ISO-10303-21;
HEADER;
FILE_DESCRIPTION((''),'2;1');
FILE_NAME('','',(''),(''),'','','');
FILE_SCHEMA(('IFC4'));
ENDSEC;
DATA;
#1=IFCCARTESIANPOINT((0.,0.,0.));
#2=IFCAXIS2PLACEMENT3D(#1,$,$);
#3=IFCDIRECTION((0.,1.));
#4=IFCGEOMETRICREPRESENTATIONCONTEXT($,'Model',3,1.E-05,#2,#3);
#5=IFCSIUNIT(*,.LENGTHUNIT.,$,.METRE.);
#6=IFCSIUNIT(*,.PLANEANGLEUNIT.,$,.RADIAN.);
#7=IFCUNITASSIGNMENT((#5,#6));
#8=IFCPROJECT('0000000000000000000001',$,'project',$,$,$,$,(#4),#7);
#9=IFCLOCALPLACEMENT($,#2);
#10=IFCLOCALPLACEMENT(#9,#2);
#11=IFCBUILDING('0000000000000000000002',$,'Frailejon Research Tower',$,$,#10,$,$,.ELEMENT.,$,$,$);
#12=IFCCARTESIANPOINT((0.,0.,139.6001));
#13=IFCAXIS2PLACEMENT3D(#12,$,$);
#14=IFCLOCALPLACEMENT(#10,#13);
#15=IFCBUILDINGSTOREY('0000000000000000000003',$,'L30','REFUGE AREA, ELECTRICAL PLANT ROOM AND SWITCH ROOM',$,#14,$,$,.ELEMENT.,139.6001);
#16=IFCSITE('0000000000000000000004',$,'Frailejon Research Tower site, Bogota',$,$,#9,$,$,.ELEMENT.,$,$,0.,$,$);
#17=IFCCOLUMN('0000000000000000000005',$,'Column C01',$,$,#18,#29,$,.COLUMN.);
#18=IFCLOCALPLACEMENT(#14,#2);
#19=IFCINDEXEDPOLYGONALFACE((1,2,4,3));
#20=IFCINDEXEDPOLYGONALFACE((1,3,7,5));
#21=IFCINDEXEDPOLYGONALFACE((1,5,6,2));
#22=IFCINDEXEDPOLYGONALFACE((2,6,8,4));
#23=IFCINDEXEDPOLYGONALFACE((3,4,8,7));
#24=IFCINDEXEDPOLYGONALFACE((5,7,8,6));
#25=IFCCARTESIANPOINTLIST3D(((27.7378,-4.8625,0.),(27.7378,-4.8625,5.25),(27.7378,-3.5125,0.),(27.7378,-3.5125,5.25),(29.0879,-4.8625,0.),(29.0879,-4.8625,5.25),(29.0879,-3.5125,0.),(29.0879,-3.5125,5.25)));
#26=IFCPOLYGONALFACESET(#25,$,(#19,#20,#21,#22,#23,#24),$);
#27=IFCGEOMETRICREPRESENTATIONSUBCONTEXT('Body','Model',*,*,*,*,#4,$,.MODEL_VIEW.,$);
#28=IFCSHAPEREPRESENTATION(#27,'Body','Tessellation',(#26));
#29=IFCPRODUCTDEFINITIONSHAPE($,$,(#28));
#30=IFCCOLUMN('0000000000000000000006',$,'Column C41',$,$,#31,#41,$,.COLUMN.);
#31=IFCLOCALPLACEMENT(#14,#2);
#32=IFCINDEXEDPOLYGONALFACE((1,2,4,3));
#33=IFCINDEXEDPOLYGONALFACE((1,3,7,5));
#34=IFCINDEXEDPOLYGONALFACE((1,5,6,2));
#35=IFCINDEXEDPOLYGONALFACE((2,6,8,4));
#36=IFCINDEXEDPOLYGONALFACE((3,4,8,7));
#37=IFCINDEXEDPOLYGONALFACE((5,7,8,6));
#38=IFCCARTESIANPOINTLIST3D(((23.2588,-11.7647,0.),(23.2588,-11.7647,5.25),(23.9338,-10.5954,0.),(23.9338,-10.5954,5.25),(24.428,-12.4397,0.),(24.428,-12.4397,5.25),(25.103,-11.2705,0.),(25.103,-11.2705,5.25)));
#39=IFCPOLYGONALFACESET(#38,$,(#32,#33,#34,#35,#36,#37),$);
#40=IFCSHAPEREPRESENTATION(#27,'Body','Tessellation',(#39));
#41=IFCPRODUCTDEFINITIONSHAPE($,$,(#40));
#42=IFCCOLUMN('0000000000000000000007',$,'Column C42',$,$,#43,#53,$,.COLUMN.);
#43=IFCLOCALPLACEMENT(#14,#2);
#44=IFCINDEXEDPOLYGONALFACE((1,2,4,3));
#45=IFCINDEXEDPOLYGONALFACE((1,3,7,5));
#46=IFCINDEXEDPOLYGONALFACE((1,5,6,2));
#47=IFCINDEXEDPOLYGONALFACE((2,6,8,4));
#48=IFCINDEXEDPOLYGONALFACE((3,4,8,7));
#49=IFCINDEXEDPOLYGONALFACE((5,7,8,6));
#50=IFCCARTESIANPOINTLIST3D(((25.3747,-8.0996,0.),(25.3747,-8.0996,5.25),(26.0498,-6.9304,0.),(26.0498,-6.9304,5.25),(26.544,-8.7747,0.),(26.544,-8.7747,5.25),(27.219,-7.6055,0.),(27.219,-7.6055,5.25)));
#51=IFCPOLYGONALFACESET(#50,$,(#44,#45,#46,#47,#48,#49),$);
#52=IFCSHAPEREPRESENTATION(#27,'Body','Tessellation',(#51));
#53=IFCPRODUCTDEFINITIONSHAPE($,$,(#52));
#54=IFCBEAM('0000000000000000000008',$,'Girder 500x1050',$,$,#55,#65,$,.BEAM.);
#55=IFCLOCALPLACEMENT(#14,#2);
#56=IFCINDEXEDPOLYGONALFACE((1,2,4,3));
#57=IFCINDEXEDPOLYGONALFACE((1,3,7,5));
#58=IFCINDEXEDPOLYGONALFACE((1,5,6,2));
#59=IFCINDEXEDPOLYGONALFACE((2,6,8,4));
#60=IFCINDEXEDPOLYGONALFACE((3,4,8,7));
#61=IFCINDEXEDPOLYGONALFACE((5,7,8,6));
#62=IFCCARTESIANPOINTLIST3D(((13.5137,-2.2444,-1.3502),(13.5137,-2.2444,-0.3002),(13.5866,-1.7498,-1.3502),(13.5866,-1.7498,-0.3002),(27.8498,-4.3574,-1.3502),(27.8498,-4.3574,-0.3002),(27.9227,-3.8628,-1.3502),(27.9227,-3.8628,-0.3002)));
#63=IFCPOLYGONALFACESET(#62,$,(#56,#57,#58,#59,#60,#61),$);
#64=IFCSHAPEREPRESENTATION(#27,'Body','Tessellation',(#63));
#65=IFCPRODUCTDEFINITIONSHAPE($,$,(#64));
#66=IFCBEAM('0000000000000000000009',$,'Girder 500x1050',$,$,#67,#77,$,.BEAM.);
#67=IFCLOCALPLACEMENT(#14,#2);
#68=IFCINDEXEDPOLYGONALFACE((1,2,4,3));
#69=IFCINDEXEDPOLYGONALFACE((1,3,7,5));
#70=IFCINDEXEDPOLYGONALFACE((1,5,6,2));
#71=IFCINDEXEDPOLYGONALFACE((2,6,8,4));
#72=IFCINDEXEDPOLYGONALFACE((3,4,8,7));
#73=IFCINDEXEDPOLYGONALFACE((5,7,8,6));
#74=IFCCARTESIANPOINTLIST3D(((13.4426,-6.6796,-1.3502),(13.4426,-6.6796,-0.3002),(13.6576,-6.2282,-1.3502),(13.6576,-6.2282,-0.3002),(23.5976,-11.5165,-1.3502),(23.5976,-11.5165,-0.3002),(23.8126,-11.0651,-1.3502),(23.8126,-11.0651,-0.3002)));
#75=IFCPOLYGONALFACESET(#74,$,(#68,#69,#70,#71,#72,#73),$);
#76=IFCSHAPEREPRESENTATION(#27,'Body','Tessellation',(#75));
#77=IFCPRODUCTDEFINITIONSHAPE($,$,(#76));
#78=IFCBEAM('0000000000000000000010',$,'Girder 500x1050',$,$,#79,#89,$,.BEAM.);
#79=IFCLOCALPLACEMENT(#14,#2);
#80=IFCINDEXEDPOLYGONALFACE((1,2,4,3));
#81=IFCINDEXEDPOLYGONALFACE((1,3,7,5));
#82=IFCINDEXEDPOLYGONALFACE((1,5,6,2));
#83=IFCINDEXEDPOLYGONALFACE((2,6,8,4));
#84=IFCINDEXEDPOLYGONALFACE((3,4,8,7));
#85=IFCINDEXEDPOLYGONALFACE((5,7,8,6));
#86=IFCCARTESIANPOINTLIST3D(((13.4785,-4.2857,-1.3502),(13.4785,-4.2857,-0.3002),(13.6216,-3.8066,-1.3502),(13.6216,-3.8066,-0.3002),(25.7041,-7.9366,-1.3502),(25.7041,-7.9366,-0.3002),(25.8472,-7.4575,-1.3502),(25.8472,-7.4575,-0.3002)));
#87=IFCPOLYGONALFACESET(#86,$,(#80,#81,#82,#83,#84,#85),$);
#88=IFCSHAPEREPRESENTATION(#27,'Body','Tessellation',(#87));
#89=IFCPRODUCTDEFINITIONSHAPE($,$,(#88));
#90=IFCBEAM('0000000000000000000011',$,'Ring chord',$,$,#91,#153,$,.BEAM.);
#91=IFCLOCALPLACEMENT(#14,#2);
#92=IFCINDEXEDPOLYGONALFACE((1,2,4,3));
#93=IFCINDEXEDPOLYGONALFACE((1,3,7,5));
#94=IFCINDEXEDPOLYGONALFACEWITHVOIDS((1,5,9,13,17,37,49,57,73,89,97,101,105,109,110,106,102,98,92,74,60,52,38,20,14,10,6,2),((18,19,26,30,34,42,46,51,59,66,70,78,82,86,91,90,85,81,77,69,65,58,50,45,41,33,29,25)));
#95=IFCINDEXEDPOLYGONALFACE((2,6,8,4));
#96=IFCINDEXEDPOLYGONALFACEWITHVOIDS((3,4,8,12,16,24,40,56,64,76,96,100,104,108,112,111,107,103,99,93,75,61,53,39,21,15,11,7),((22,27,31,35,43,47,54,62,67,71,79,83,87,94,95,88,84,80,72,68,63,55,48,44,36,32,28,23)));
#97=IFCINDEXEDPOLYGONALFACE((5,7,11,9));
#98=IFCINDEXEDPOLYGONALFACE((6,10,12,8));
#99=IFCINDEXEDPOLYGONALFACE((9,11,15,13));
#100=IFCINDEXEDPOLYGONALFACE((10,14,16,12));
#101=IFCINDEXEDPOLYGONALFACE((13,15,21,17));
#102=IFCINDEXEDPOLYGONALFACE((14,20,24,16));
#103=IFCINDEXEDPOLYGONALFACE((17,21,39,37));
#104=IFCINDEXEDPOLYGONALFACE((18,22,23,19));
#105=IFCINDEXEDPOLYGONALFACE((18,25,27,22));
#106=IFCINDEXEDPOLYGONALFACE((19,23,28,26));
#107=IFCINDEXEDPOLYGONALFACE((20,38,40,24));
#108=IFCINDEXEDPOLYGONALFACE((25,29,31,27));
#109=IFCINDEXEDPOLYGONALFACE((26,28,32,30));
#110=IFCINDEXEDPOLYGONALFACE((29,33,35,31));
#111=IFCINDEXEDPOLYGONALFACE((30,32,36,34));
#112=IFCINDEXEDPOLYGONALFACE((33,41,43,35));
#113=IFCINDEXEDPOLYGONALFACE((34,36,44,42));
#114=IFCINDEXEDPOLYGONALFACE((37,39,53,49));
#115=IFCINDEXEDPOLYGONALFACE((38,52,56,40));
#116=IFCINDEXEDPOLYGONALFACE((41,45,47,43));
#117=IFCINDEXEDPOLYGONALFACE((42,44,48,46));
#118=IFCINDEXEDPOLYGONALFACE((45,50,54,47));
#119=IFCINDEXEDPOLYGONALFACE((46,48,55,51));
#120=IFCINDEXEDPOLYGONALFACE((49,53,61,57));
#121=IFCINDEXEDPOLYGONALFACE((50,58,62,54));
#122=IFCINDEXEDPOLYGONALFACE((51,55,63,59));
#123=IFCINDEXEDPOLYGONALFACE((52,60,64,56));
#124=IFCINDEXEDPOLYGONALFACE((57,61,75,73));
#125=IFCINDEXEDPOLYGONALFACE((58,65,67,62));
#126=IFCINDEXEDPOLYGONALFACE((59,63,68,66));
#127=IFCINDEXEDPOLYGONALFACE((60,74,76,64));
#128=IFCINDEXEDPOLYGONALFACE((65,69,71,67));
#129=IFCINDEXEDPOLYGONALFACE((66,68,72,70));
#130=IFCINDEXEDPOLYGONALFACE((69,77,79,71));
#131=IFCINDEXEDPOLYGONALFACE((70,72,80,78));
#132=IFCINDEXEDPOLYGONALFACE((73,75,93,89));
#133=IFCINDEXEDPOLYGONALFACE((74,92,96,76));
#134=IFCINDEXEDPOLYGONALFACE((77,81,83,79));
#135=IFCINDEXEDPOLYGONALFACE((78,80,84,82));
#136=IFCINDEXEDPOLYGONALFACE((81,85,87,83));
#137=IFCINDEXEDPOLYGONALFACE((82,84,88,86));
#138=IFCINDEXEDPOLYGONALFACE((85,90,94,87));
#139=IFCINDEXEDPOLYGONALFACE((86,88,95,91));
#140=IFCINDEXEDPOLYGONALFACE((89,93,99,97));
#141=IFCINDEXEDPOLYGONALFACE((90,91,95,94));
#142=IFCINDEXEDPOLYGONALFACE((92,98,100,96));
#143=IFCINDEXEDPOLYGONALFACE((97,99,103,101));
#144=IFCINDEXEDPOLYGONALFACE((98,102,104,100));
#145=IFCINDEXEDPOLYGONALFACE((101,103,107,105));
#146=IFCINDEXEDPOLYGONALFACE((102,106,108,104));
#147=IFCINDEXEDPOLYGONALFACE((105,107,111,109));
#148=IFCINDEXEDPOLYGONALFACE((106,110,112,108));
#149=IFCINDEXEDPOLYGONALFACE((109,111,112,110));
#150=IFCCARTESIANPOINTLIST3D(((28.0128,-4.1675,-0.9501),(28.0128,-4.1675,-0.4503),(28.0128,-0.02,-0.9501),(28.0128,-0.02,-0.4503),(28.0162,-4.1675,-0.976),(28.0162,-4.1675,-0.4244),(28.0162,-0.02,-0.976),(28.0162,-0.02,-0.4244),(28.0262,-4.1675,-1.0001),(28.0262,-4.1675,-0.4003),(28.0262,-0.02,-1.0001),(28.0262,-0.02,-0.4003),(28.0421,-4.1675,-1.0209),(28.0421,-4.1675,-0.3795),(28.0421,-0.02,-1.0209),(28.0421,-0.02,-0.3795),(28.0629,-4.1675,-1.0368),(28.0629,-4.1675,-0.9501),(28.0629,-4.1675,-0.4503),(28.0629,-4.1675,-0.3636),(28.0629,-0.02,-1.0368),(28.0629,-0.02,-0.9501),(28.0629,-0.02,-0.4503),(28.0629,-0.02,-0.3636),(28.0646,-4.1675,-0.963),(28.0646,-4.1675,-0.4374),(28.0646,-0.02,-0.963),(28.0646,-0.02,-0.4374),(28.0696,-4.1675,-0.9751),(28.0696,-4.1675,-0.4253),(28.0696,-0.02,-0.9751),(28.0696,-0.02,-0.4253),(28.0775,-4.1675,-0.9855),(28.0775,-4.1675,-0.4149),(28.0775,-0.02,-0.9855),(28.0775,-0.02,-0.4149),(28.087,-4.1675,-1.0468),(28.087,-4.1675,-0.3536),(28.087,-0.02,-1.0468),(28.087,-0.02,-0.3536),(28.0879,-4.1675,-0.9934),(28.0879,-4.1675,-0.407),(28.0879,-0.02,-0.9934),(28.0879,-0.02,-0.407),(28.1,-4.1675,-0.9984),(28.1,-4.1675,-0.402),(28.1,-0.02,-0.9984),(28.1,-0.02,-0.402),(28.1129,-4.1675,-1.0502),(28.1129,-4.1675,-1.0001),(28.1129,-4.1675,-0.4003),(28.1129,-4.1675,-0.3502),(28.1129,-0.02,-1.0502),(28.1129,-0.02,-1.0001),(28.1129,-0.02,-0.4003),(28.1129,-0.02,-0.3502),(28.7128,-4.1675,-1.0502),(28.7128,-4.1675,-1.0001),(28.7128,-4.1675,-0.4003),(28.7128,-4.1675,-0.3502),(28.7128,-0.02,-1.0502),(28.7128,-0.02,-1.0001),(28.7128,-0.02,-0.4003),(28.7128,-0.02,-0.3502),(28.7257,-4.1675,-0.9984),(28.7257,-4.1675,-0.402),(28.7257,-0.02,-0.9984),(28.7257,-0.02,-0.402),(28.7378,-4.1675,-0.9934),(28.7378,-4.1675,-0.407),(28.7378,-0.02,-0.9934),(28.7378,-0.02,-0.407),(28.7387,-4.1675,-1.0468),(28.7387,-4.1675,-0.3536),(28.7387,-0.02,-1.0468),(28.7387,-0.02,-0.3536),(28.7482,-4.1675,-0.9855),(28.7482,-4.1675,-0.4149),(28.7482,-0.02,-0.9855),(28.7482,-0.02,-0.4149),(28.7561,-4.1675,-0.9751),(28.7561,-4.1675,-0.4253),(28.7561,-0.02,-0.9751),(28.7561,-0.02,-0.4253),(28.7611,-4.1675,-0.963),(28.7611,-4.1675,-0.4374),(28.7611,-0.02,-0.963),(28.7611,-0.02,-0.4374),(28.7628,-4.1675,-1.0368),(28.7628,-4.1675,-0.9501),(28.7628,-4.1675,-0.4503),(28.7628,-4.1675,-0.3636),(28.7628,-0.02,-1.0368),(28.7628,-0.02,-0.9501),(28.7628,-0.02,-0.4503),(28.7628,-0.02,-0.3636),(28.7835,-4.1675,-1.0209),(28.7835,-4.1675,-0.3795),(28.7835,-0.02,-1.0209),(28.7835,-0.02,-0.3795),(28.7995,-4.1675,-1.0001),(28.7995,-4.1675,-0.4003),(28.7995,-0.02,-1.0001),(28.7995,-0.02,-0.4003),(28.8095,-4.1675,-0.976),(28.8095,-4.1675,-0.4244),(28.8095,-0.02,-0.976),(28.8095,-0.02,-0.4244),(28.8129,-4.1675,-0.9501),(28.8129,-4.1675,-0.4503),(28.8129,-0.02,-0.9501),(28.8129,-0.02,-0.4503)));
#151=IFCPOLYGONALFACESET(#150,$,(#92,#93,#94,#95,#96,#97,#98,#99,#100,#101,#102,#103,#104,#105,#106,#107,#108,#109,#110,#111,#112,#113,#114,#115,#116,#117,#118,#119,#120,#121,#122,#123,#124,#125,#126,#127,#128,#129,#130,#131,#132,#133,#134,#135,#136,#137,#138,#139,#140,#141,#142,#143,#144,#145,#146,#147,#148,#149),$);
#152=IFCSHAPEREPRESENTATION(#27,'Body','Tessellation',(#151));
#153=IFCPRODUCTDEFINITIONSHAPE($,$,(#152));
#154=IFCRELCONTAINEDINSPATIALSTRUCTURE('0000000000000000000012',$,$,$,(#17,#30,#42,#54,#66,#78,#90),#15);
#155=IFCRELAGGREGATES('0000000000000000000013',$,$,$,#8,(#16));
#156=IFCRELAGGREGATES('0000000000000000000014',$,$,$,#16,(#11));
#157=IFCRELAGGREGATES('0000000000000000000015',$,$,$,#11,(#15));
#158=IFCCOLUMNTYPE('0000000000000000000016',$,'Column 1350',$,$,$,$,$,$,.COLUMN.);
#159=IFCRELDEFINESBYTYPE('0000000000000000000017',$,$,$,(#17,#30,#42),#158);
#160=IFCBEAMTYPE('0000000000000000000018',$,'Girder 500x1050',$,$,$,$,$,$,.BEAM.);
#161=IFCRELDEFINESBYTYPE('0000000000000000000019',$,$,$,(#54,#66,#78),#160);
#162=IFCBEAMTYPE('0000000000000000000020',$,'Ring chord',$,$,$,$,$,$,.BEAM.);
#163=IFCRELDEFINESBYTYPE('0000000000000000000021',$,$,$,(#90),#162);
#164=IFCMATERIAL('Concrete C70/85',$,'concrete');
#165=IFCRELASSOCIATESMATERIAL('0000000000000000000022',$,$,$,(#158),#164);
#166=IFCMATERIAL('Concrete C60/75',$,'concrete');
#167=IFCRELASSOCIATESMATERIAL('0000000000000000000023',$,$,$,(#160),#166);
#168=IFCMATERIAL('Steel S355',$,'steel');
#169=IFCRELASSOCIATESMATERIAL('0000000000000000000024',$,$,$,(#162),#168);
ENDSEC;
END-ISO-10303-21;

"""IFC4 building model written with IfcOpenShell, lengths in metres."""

from ifc_helpers import new_model, si_unit, direction, frame, origin, origin_2d, place, context, subcontext, project, spatial, rectangle, hollow_rectangle, extrude, material, material_profile, profile_set, type_object, element, save


model = new_model("IFC4")

# Units and contexts
model_context = context("Model", 3, precision=1e-05, world=origin(), true_north=direction((0.0, 1.0)))
body_context = subcontext(model_context, "Body", "Model", "MODEL_VIEW")
ifc_project = project(units=[si_unit("LENGTHUNIT", "METRE"), si_unit("PLANEANGLEUNIT", "RADIAN")], contexts=[model_context])

# Site, building, storey
site_placement = place(None, origin())
site = spatial("IfcSite", under=ifc_project, at=site_placement, Name="Frailejon Research Tower site, Bogota", CompositionType="ELEMENT", RefElevation=0.0)
building_placement = place(site_placement, origin())
building = spatial("IfcBuilding", under=site, at=building_placement, Name="Frailejon Research Tower", CompositionType="ELEMENT")
storey_placement = place(building_placement, frame((0.0, 0.0, 139.6001)))
storey = spatial("IfcBuildingStorey", under=building, at=storey_placement, Name="L30", Description="REFUGE AREA, ELECTRICAL PLANT ROOM AND SWITCH ROOM", CompositionType="ELEMENT", Elevation=139.6001)

# Columns
ifc_material_1 = material(Name="Concrete C70/85", Category="concrete")
ifc_material_profile_1 = material_profile(ifc_material_1, rectangle(XDim=1.3501, YDim=1.3501, at=origin_2d()), Name="Column 1350")
ifc_profile_set_1 = profile_set([ifc_material_profile_1], Name="Concrete C70/85")
column_type = type_object("IfcColumnType", Name="Column 1350", PredefinedType="COLUMN", material=ifc_profile_set_1)
for number, where, z_axis, x_axis, name in (
    (1, (28.4128, -4.1875, 0.0), (0.0, 0.0, 1.0), (0.0, 1.0, 0.0), "Column C01"),
    (2, (24.1809, -11.5176, 0.0), (0.0, 0.0, 1.0), (0.5, 0.866025, 0.0), "Column C41"),
    (3, (26.2969, -7.8525, 0.0), (0.0, 0.0, 1.0), (0.5, 0.866025, 0.0), "Column C42"),
):
    element("IfcColumn", number, at=place(storey_placement, frame(where, z_axis=z_axis, x_axis=x_axis)), inside=storey, type_object=column_type, Name=name, PredefinedType="COLUMN", context=body_context, shape_type="SweptSolid", body=[
        extrude(rectangle(XDim=1.3501, YDim=1.3501, at=origin_2d()), origin(), (0.0, 0.0, 1.0), 5.25),
    ])

# Beams
ifc_material_2 = material(Name="Concrete C60/75", Category="concrete")
ifc_material_profile_2 = material_profile(ifc_material_2, rectangle(XDim=0.5, YDim=1.05, at=origin_2d()), Name="Girder 500x1050")
ifc_profile_set_2 = profile_set([ifc_material_profile_2], Name="Concrete C60/75")
beam_type_1 = type_object("IfcBeamType", Name="Girder 500x1050", PredefinedType="BEAM", material=ifc_profile_set_2)
beam_1_placement = place(storey_placement, frame((27.8862, -4.1101, -0.8252), z_axis=(-0.989312, 0.145817, 0.0), x_axis=(-0.145817, -0.989312, 0.0)))
element("IfcBeam", 4, at=beam_1_placement, inside=storey, type_object=beam_type_1, Name="Girder 500x1050", PredefinedType="BEAM", context=body_context, shape_type="SweptSolid", body=[
    extrude(rectangle(XDim=0.5, YDim=1.05, at=origin_2d()), origin(), (0.0, 0.0, 1.0), 14.491),
])
beam_2_placement = place(storey_placement, frame((23.7051, -11.2908, -0.8252), z_axis=(-0.90282, 0.43002, 0.0), x_axis=(-0.43002, -0.90282, 0.0)))
element("IfcBeam", 5, at=beam_2_placement, inside=storey, type_object=beam_type_1, Name="Girder 500x1050", PredefinedType="BEAM", context=body_context, shape_type="SweptSolid", body=[
    extrude(rectangle(XDim=0.5, YDim=1.05, at=origin_2d()), origin(), (0.0, 0.0, 1.0), 11.248),
])
beam_3_placement = place(storey_placement, frame((25.7756, -7.697, -0.8252), z_axis=(-0.958188, 0.28614, 0.0), x_axis=(-0.28614, -0.958188, 0.0)))
element("IfcBeam", 6, at=beam_3_placement, inside=storey, type_object=beam_type_1, Name="Girder 500x1050", PredefinedType="BEAM", context=body_context, shape_type="SweptSolid", body=[
    extrude(rectangle(XDim=0.5, YDim=1.05, at=origin_2d()), origin(), (0.0, 0.0, 1.0), 12.759),
])
ifc_material_3 = material(Name="Steel S355", Category="steel")
ifc_material_profile_3 = material_profile(ifc_material_3, hollow_rectangle(XDim=0.8, YDim=0.7, WallThickness=0.05, InnerFilletRadius=0.05, OuterFilletRadius=0.1001, at=origin_2d()), Name="Ring chord")
ifc_profile_set_3 = profile_set([ifc_material_profile_3], Name="Steel S355")
beam_type_2 = type_object("IfcBeamType", Name="Ring chord", PredefinedType="BEAM", material=ifc_profile_set_3)
beam_4_placement = place(storey_placement, frame((28.4128, -4.1675, -0.7002), z_axis=(0.0, 1.0, 0.0), x_axis=(-1.0, 0.0, 0.0)))
element("IfcBeam", 7, at=beam_4_placement, inside=storey, type_object=beam_type_2, Name="Ring chord", PredefinedType="BEAM", context=body_context, shape_type="SweptSolid", body=[
    extrude(hollow_rectangle(XDim=0.8, YDim=0.7, WallThickness=0.05, InnerFilletRadius=0.05, OuterFilletRadius=0.1001, at=origin_2d()), origin(), (0.0, 0.0, 1.0), 4.1475),
])

save(model, "model.ifc")
